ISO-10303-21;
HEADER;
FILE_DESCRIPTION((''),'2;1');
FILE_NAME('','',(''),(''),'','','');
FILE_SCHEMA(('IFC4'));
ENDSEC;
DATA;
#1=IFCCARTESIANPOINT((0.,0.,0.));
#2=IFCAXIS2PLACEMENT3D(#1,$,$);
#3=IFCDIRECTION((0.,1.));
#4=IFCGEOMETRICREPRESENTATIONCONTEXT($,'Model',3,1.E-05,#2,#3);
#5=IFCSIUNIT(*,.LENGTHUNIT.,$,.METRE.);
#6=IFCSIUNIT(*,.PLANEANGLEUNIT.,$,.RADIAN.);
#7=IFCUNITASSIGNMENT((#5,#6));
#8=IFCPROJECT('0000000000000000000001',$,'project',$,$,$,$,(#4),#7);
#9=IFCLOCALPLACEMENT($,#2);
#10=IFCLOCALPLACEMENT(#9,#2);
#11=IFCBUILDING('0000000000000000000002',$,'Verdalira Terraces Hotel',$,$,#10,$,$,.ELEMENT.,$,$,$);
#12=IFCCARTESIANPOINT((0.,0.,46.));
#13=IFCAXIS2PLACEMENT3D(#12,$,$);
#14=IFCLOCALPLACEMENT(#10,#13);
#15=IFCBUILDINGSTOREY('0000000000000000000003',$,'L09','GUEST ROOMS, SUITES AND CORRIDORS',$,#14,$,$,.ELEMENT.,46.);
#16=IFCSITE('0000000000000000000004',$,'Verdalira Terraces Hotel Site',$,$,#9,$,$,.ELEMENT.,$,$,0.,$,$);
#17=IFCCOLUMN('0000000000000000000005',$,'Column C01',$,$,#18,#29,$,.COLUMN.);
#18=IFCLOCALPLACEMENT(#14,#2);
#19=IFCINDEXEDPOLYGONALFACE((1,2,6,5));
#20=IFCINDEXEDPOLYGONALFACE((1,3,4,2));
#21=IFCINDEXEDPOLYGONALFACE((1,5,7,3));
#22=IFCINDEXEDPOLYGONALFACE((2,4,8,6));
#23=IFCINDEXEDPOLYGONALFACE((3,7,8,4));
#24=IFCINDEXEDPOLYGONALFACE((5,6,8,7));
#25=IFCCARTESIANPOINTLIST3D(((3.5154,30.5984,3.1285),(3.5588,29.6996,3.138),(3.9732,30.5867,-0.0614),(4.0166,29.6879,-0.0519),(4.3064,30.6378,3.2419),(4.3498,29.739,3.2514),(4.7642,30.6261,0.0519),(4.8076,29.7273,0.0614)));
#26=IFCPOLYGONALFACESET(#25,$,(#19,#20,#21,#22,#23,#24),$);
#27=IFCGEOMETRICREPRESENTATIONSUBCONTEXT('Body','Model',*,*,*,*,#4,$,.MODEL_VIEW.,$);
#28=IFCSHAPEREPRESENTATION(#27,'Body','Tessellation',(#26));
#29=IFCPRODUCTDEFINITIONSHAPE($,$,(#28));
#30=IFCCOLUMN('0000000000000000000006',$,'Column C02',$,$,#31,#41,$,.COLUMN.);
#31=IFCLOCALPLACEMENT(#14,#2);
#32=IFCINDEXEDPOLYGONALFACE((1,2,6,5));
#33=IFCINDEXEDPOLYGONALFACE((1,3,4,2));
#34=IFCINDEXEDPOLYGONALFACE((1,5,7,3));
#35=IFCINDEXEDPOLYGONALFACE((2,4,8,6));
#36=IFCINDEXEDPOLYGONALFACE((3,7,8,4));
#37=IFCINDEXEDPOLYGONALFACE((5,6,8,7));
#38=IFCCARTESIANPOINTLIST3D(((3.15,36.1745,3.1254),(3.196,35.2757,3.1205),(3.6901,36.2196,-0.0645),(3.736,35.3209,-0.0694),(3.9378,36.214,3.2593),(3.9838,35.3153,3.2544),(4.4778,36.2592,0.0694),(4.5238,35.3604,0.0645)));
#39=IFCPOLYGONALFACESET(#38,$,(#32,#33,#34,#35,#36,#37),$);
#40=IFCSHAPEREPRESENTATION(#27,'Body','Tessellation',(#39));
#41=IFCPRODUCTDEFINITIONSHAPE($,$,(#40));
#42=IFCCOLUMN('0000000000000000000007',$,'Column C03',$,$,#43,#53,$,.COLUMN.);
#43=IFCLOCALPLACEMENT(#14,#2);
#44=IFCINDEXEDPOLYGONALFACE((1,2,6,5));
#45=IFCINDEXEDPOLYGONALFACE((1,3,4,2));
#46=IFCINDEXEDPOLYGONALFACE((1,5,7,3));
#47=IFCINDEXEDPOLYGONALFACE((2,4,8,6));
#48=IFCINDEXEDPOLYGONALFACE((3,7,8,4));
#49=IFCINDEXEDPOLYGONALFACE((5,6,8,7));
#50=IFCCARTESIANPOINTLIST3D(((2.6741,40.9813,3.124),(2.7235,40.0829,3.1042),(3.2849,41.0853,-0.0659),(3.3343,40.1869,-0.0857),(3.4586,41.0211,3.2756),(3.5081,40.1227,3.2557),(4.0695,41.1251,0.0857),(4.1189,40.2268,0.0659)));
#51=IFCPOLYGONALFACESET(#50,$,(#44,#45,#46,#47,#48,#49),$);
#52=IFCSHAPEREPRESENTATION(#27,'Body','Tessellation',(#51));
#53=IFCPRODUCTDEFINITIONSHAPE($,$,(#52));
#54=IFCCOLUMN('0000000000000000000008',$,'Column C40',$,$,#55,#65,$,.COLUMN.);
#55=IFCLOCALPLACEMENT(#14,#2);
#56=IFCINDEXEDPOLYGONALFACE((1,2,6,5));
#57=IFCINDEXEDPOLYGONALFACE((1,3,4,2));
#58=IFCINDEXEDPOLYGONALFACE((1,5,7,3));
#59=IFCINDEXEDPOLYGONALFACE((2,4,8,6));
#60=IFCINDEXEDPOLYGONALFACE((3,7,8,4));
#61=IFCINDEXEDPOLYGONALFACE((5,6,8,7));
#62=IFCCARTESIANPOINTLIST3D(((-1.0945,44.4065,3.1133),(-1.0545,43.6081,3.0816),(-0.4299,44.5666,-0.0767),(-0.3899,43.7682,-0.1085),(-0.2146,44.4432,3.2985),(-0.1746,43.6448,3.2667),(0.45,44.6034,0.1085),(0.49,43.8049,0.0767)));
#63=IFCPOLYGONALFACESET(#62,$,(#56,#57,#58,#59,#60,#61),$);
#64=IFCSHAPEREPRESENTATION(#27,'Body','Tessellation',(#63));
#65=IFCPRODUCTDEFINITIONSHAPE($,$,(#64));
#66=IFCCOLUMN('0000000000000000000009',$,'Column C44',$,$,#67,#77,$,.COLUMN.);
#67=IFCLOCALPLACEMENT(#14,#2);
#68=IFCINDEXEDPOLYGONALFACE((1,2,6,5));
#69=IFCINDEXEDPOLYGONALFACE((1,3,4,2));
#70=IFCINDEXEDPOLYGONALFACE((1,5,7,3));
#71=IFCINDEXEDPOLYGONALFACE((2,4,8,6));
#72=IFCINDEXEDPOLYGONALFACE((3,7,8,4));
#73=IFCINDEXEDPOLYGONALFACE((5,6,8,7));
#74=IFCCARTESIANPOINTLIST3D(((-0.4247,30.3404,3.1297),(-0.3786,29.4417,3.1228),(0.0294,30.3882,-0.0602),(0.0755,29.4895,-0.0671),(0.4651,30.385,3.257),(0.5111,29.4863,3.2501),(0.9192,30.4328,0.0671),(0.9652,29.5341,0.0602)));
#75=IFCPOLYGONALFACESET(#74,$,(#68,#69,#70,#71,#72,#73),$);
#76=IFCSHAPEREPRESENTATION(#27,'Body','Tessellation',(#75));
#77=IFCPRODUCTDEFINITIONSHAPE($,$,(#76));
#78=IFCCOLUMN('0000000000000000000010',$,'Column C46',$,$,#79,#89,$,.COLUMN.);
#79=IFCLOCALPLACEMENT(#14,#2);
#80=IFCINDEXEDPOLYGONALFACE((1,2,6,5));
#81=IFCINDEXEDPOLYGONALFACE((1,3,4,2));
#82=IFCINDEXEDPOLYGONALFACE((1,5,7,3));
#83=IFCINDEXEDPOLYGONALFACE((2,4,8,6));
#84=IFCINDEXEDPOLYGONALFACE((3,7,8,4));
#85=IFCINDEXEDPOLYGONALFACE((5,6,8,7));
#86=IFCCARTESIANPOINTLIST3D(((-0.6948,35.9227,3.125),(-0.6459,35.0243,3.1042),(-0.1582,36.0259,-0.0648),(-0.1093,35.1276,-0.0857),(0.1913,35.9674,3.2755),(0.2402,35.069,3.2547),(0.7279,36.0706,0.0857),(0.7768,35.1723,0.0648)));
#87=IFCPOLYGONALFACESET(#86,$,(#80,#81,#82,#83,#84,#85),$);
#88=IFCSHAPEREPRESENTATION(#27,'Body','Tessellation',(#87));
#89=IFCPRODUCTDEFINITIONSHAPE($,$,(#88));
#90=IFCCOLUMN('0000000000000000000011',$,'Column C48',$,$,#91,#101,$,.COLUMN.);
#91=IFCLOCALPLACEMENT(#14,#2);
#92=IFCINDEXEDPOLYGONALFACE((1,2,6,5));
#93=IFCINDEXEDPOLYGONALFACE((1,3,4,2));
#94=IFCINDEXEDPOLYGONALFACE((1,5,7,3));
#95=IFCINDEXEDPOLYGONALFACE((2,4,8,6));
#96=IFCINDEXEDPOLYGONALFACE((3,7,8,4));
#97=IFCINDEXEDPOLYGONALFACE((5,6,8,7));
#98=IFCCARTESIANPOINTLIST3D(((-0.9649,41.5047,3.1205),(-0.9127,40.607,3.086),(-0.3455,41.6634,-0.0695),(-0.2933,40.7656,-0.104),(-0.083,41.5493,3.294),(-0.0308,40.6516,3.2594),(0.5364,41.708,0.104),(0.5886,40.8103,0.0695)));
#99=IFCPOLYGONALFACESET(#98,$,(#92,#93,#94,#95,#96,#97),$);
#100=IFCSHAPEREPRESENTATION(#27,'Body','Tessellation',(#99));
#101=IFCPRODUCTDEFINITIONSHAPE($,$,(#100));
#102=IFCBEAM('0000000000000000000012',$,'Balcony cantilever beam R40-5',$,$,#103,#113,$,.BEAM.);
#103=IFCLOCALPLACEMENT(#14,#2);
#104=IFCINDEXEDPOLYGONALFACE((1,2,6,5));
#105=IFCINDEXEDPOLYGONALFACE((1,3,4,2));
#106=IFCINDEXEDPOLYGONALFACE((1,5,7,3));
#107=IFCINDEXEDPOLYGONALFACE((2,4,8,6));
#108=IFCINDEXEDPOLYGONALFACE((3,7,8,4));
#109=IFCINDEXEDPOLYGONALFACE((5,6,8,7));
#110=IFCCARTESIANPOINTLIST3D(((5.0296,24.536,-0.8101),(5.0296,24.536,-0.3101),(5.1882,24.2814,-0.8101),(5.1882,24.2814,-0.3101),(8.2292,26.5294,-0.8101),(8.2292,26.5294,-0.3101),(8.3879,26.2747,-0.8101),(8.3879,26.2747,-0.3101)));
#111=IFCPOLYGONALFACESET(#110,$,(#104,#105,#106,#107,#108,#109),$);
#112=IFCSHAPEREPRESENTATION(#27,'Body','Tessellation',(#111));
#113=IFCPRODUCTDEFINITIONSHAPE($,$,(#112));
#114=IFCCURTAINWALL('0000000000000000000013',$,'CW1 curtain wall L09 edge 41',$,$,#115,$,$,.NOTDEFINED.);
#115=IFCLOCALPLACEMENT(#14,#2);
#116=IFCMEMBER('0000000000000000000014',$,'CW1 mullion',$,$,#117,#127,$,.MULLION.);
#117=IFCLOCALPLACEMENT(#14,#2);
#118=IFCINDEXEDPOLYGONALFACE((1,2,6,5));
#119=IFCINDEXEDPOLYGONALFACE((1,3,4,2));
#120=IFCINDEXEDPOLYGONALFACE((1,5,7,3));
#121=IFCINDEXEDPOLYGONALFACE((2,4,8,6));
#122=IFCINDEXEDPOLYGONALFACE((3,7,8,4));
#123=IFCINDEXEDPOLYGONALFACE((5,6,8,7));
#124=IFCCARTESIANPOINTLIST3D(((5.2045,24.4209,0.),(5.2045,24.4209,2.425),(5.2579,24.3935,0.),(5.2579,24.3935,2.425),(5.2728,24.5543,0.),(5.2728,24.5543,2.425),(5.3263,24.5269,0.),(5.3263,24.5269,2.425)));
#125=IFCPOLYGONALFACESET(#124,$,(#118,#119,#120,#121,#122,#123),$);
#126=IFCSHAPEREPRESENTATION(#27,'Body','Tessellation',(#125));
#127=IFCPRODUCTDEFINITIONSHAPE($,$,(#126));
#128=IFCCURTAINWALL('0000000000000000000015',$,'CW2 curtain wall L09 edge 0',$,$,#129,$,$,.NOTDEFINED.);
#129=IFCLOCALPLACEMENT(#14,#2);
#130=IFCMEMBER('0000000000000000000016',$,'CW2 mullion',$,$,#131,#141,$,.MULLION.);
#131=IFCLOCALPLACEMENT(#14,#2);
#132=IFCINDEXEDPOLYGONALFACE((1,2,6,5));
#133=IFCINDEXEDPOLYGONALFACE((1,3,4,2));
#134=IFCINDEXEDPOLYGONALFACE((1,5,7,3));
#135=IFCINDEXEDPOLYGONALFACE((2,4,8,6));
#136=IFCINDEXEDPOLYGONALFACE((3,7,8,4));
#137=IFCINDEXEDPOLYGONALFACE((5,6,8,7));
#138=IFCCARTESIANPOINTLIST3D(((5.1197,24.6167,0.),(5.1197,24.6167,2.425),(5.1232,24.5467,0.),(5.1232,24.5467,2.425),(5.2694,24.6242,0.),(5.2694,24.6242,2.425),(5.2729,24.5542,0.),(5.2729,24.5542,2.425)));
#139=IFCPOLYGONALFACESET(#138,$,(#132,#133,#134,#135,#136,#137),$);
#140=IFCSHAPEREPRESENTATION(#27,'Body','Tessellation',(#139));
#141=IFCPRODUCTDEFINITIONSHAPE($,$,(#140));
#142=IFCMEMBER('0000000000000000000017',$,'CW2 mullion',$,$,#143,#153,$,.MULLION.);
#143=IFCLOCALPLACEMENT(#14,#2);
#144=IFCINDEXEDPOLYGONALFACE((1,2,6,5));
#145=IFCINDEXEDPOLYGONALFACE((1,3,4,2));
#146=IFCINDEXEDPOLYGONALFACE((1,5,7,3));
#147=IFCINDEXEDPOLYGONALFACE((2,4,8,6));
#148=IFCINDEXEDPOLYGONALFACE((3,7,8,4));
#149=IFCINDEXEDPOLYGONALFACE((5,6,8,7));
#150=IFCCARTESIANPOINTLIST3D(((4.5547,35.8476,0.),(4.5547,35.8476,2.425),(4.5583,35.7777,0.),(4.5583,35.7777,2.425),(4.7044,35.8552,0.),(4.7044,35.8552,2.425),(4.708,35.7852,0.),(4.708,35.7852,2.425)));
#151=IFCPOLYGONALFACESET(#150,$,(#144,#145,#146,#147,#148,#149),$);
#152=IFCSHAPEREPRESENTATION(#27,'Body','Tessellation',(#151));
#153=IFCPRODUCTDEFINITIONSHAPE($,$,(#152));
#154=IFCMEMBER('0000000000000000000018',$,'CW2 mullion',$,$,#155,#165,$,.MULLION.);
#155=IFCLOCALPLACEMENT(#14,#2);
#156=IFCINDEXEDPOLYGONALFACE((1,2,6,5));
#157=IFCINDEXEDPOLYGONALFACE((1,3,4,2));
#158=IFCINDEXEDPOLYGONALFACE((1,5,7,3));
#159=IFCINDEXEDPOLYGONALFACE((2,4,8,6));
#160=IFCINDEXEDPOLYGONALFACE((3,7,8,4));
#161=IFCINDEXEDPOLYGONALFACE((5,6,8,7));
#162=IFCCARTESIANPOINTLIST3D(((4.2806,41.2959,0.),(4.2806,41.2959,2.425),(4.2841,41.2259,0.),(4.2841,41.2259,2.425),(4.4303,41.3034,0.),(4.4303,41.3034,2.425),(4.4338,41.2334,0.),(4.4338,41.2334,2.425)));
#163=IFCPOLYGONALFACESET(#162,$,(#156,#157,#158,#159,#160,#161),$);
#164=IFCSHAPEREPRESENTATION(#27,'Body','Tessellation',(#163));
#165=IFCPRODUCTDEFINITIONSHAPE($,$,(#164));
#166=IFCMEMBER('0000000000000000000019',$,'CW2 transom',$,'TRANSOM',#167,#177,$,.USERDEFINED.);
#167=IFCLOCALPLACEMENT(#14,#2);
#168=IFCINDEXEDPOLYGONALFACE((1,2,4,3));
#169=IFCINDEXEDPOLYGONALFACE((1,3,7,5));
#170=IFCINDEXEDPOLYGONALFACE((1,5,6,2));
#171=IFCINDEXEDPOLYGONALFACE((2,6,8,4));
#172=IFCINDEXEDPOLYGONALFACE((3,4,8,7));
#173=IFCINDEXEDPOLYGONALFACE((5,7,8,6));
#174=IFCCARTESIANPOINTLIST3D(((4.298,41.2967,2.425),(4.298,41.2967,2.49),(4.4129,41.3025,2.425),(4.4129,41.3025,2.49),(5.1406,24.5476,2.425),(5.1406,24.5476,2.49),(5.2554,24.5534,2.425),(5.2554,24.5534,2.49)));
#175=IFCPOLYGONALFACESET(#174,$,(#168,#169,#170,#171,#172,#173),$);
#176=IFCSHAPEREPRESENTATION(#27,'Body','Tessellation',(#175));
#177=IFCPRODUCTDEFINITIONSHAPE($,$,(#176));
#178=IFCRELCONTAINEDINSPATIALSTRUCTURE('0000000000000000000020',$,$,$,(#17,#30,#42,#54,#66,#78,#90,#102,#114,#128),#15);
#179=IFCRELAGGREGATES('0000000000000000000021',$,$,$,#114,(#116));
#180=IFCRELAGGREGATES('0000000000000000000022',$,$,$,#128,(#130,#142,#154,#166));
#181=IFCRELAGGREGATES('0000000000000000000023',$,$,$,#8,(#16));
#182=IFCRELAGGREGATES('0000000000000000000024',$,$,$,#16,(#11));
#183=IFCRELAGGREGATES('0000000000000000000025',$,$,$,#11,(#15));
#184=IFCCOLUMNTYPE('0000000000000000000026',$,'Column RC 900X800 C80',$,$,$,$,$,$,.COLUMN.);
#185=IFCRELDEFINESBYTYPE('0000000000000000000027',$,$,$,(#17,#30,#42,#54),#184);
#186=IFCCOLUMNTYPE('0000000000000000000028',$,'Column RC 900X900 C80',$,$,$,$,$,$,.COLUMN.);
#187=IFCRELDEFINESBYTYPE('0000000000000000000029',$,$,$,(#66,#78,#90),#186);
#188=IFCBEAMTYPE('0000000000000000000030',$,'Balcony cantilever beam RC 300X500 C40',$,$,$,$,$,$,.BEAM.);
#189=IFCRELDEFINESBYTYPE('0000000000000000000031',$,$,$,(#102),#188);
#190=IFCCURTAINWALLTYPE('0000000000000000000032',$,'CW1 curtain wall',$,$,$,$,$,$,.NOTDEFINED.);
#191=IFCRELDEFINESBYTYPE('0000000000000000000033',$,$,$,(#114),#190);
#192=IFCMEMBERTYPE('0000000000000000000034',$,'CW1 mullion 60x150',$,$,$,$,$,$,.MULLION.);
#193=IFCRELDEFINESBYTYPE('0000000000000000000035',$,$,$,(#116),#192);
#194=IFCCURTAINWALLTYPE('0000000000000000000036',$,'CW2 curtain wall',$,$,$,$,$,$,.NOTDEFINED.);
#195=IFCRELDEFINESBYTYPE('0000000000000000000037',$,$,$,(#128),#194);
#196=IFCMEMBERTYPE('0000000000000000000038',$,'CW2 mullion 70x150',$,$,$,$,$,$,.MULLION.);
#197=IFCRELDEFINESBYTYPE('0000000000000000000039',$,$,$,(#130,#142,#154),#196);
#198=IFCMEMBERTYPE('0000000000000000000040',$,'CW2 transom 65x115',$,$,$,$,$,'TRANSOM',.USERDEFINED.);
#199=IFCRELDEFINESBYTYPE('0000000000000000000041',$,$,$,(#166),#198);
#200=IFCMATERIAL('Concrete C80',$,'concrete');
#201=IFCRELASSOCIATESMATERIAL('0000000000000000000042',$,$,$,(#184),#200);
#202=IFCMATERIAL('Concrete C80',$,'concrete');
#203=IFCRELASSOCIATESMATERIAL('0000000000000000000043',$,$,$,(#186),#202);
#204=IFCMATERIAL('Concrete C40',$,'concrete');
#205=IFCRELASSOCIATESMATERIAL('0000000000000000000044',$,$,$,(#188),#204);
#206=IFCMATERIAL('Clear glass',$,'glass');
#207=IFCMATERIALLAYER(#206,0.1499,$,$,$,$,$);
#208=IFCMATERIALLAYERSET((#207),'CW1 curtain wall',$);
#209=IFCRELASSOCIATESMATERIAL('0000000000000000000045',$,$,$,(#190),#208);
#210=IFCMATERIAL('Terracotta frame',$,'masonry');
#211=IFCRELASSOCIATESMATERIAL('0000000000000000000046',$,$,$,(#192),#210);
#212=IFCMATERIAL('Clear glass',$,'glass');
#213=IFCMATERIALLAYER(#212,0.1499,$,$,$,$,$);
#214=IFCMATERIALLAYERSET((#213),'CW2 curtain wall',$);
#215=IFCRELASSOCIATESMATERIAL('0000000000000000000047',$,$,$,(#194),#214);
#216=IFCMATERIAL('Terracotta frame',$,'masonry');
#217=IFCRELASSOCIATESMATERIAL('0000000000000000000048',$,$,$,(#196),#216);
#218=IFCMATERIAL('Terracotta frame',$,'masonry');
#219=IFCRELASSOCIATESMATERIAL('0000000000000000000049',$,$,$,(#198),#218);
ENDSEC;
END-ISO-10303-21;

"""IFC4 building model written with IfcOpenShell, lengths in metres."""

from ifc_helpers import new_model, si_unit, direction, frame, origin, origin_2d, place, context, subcontext, project, spatial, rectangle, extrude, material, layer, layer_set, material_profile, profile_set, type_object, element, aggregate, save


model = new_model("IFC4")

# Units and contexts
model_context = context("Model", 3, precision=1e-05, world=origin(), true_north=direction((0.0, 1.0)))
body_context = subcontext(model_context, "Body", "Model", "MODEL_VIEW")
ifc_project = project(units=[si_unit("LENGTHUNIT", "METRE"), si_unit("PLANEANGLEUNIT", "RADIAN")], contexts=[model_context])

# Site, building, storey
site_placement = place(None, origin())
site = spatial("IfcSite", under=ifc_project, at=site_placement, Name="Verdalira Terraces Hotel Site", CompositionType="ELEMENT", RefElevation=0.0)
building_placement = place(site_placement, origin())
building = spatial("IfcBuilding", under=site, at=building_placement, Name="Verdalira Terraces Hotel", CompositionType="ELEMENT")
storey_placement = place(building_placement, frame((0.0, 0.0, 46.0)))
storey = spatial("IfcBuildingStorey", under=building, at=storey_placement, Name="L09", Description="GUEST ROOMS, SUITES AND CORRIDORS", CompositionType="ELEMENT", Elevation=46.0)

# Columns
ifc_material_1 = material(Name="Concrete C80", Category="concrete")
ifc_material_profile_1 = material_profile(ifc_material_1, rectangle(XDim=0.8999, YDim=0.8, at=origin_2d()), Name="RC 900X800")
ifc_profile_set_1 = profile_set([ifc_material_profile_1], Name="Concrete C80")
column_type_1 = type_object("IfcColumnType", Name="Column RC 900X800 C80", PredefinedType="COLUMN", material=ifc_profile_set_1)
column_1_placement = place(storey_placement, frame((4.3904, 30.157, 0.0), z_axis=(-0.142046, 0.003636, 0.989853), x_axis=(-0.048251, 0.998779, -0.010593)))
element("IfcColumn", 1, at=column_1_placement, inside=storey, type_object=column_type_1, Name="Column C01", PredefinedType="COLUMN", context=body_context, shape_type="SweptSolid", body=[
    extrude(rectangle(XDim=0.8999, YDim=0.8, at=origin_2d()), origin(), (0.0, 0.0, 1.0), 3.2227),
])
column_2_placement = place(storey_placement, frame((4.1069, 35.79, 0.0), z_axis=(-0.166903, -0.013959, 0.985875), x_axis=(-0.051051, 0.998681, 0.005498)))
element("IfcColumn", 2, at=column_2_placement, inside=storey, type_object=column_type_1, Name="Column C02", PredefinedType="COLUMN", context=body_context, shape_type="SweptSolid", body=[
    extrude(rectangle(XDim=0.8999, YDim=0.8, at=origin_2d()), origin(), (0.0, 0.0, 1.0), 3.2356),
])
column_3_placement = place(storey_placement, frame((3.7019, 40.656, 0.0), z_axis=(-0.187976, -0.032005, 0.981652), x_axis=(-0.054918, 0.998248, 0.02203)))
element("IfcColumn", 3, at=column_3_placement, inside=storey, type_object=column_type_1, Name="Column C03", PredefinedType="COLUMN", context=body_context, shape_type="SweptSolid", body=[
    extrude(rectangle(XDim=0.8999, YDim=0.8, at=origin_2d()), origin(), (0.0, 0.0, 1.0), 3.2495),
])
column_4_placement = place(storey_placement, frame((0.03, 44.1858, 0.0), z_axis=(-0.203702, -0.049092, 0.977801), x_axis=(-0.977756, -0.040791, -0.205741)))
element("IfcColumn", 4, at=column_4_placement, inside=storey, type_object=column_type_1, Name="Column C40", PredefinedType="COLUMN", context=body_context, shape_type="SweptSolid", body=[
    extrude(rectangle(XDim=0.8999, YDim=0.8, at=origin_2d()), origin(), (0.0, 0.0, 1.0), 3.2625),
])
ifc_material_2 = material(Name="Concrete C80", Category="concrete")
ifc_material_profile_2 = material_profile(ifc_material_2, rectangle(XDim=0.8999, YDim=0.8999, at=origin_2d()), Name="RC 900X900")
ifc_profile_set_2 = profile_set([ifc_material_profile_2], Name="Concrete C80")
column_type_2 = type_object("IfcColumnType", Name="Column RC 900X900 C80", PredefinedType="COLUMN", material=ifc_profile_set_2)
column_5_placement = place(storey_placement, frame((0.4973, 29.9612, 0.0), z_axis=(-0.140918, -0.014849, 0.98991), x_axis=(-0.05118, 0.99866, 0.007695)))
element("IfcColumn", 5, at=column_5_placement, inside=storey, type_object=column_type_2, Name="Column C44", PredefinedType="COLUMN", context=body_context, shape_type="SweptSolid", body=[
    extrude(rectangle(XDim=0.8999, YDim=0.8999, at=origin_2d()), origin(), (0.0, 0.0, 1.0), 3.2224),
])
column_6_placement = place(storey_placement, frame((0.3093, 35.5991, 0.0), z_axis=(-0.165807, -0.031909, 0.985642), x_axis=(-0.054308, 0.998255, 0.023182)))
element("IfcColumn", 6, at=column_6_placement, inside=storey, type_object=column_type_2, Name="Column C46", PredefinedType="COLUMN", context=body_context, shape_type="SweptSolid", body=[
    extrude(rectangle(XDim=0.8999, YDim=0.8999, at=origin_2d()), origin(), (0.0, 0.0, 1.0), 3.2363),
])
column_7_placement = place(storey_placement, frame((0.1216, 41.2368, 0.0), z_axis=(-0.190381, -0.048777, 0.980498), x_axis=(-0.058013, 0.997578, 0.038363)))
element("IfcColumn", 7, at=column_7_placement, inside=storey, type_object=column_type_2, Name="Column C48", PredefinedType="COLUMN", context=body_context, shape_type="SweptSolid", body=[
    extrude(rectangle(XDim=0.8999, YDim=0.8999, at=origin_2d()), origin(), (0.0, 0.0, 1.0), 3.2534),
])

# Beam
ifc_material_3 = material(Name="Concrete C40", Category="concrete")
ifc_material_profile_3 = material_profile(ifc_material_3, rectangle(XDim=0.3, YDim=0.5, at=origin_2d()), Name="RC 300X500")
ifc_profile_set_3 = profile_set([ifc_material_profile_3], Name="Concrete C40")
beam_type_1 = type_object("IfcBeamType", Name="Balcony cantilever beam RC 300X500 C40", PredefinedType="BEAM", material=ifc_profile_set_3)
beam_1_placement = place(storey_placement, frame((5.1089, 24.4087, -0.5601), z_axis=(0.848761, 0.528776, 0.0), x_axis=(-0.528776, 0.848761, 0.0)))
element("IfcBeam", 8, at=beam_1_placement, inside=storey, type_object=beam_type_1, Name="Balcony cantilever beam R40-5", PredefinedType="BEAM", context=body_context, shape_type="SweptSolid", body=[
    extrude(rectangle(XDim=0.3, YDim=0.5, at=origin_2d()), origin(), (0.0, 0.0, 1.0), 3.7698),
])

# Curtain wall, member
ifc_material_4 = material(Name="Clear glass", Category="glass")
ifc_layer_1 = layer(ifc_material_4, 0.1499)
ifc_layer_set_1 = layer_set([ifc_layer_1], Name="CW1 curtain wall")
curtain_wall_type_1 = type_object("IfcCurtainWallType", Name="CW1 curtain wall", PredefinedType="NOTDEFINED", material=ifc_layer_set_1)
curtain_wall_1_placement = place(storey_placement, origin())
curtain_wall_1 = element("IfcCurtainWall", 9, at=curtain_wall_1_placement, inside=storey, type_object=curtain_wall_type_1, Name="CW1 curtain wall L09 edge 41", PredefinedType="NOTDEFINED")
ifc_material_5 = material(Name="Terracotta frame", Category="masonry")
ifc_material_profile_4 = material_profile(ifc_material_5, rectangle(XDim=0.0601, YDim=0.1499, at=origin_2d()), Name="MU 60x150")
ifc_profile_set_4 = profile_set([ifc_material_profile_4], Name="Terracotta frame")
member_type_1 = type_object("IfcMemberType", Name="CW1 mullion 60x150", PredefinedType="MULLION", material=ifc_profile_set_4)
member_1_placement = place(storey_placement, frame((5.2654, 24.4739, 0.0), z_axis=(0.0, 0.0, 1.0), x_axis=(-0.890054, 0.455856, 0.0)))
member_1 = element("IfcMember", 10, at=member_1_placement, type_object=member_type_1, Name="CW1 mullion", PredefinedType="MULLION", context=body_context, shape_type="SweptSolid", body=[
    extrude(rectangle(XDim=0.0601, YDim=0.1499, at=origin_2d()), origin(), (0.0, 0.0, 1.0), 2.425),
])
aggregate(curtain_wall_1, [member_1])

# Curtain wall, members
ifc_material_6 = material(Name="Clear glass", Category="glass")
ifc_layer_2 = layer(ifc_material_6, 0.1499)
ifc_layer_set_2 = layer_set([ifc_layer_2], Name="CW2 curtain wall")
curtain_wall_type_2 = type_object("IfcCurtainWallType", Name="CW2 curtain wall", PredefinedType="NOTDEFINED", material=ifc_layer_set_2)
curtain_wall_2_placement = place(storey_placement, origin())
curtain_wall_2 = element("IfcCurtainWall", 11, at=curtain_wall_2_placement, inside=storey, type_object=curtain_wall_type_2, Name="CW2 curtain wall L09 edge 0", PredefinedType="NOTDEFINED")
ifc_material_7 = material(Name="Terracotta frame", Category="masonry")
ifc_material_profile_5 = material_profile(ifc_material_7, rectangle(XDim=0.0701, YDim=0.1499, at=origin_2d()), Name="MU 70x150")
ifc_profile_set_5 = profile_set([ifc_material_profile_5], Name="Terracotta frame")
member_type_2 = type_object("IfcMemberType", Name="CW2 mullion 70x150", PredefinedType="MULLION", material=ifc_profile_set_5)
member_2_placement = place(storey_placement, frame((5.1963, 24.5854, 0.0), z_axis=(0.0, 0.0, 1.0), x_axis=(-0.050244, 0.998737, 0.0)))
member_2 = element("IfcMember", 12, at=member_2_placement, type_object=member_type_2, Name="CW2 mullion", PredefinedType="MULLION", context=body_context, shape_type="SweptSolid", body=[
    extrude(rectangle(XDim=0.0701, YDim=0.1499, at=origin_2d()), origin(), (0.0, 0.0, 1.0), 2.425),
])
member_3_placement = place(storey_placement, frame((4.6313, 35.8164, 0.0), z_axis=(0.0, 0.0, 1.0), x_axis=(-0.050244, 0.998737, 0.0)))
member_3 = element("IfcMember", 13, at=member_3_placement, type_object=member_type_2, Name="CW2 mullion", PredefinedType="MULLION", context=body_context, shape_type="SweptSolid", body=[
    extrude(rectangle(XDim=0.0701, YDim=0.1499, at=origin_2d()), origin(), (0.0, 0.0, 1.0), 2.425),
])
member_4_placement = place(storey_placement, frame((4.3572, 41.2646, 0.0), z_axis=(0.0, 0.0, 1.0), x_axis=(-0.050244, 0.998737, 0.0)))
member_4 = element("IfcMember", 14, at=member_4_placement, type_object=member_type_2, Name="CW2 mullion", PredefinedType="MULLION", context=body_context, shape_type="SweptSolid", body=[
    extrude(rectangle(XDim=0.0701, YDim=0.1499, at=origin_2d()), origin(), (0.0, 0.0, 1.0), 2.425),
])
ifc_material_8 = material(Name="Terracotta frame", Category="masonry")
ifc_material_profile_6 = material_profile(ifc_material_8, rectangle(XDim=0.115, YDim=0.0649, at=origin_2d()), Name="TR 65x115")
ifc_profile_set_6 = profile_set([ifc_material_profile_6], Name="Terracotta frame")
member_type_3 = type_object("IfcMemberType", Name="CW2 transom 65x115", ElementType="TRANSOM", PredefinedType="USERDEFINED", material=ifc_profile_set_6)
member_5_placement = place(storey_placement, frame((5.198, 24.5505, 2.4575), z_axis=(-0.05024, 0.998737, 0.0), x_axis=(-0.998737, -0.05024, 0.0)))
member_5 = element("IfcMember", 15, at=member_5_placement, type_object=member_type_3, Name="CW2 transom", ObjectType="TRANSOM", PredefinedType="USERDEFINED", context=body_context, shape_type="SweptSolid", body=[
    extrude(rectangle(XDim=0.115, YDim=0.0649, at=origin_2d()), origin(), (0.0, 0.0, 1.0), 16.7703),
])

aggregate(curtain_wall_2, [member_2, member_3, member_4, member_5])

save(model, "model.ifc")
